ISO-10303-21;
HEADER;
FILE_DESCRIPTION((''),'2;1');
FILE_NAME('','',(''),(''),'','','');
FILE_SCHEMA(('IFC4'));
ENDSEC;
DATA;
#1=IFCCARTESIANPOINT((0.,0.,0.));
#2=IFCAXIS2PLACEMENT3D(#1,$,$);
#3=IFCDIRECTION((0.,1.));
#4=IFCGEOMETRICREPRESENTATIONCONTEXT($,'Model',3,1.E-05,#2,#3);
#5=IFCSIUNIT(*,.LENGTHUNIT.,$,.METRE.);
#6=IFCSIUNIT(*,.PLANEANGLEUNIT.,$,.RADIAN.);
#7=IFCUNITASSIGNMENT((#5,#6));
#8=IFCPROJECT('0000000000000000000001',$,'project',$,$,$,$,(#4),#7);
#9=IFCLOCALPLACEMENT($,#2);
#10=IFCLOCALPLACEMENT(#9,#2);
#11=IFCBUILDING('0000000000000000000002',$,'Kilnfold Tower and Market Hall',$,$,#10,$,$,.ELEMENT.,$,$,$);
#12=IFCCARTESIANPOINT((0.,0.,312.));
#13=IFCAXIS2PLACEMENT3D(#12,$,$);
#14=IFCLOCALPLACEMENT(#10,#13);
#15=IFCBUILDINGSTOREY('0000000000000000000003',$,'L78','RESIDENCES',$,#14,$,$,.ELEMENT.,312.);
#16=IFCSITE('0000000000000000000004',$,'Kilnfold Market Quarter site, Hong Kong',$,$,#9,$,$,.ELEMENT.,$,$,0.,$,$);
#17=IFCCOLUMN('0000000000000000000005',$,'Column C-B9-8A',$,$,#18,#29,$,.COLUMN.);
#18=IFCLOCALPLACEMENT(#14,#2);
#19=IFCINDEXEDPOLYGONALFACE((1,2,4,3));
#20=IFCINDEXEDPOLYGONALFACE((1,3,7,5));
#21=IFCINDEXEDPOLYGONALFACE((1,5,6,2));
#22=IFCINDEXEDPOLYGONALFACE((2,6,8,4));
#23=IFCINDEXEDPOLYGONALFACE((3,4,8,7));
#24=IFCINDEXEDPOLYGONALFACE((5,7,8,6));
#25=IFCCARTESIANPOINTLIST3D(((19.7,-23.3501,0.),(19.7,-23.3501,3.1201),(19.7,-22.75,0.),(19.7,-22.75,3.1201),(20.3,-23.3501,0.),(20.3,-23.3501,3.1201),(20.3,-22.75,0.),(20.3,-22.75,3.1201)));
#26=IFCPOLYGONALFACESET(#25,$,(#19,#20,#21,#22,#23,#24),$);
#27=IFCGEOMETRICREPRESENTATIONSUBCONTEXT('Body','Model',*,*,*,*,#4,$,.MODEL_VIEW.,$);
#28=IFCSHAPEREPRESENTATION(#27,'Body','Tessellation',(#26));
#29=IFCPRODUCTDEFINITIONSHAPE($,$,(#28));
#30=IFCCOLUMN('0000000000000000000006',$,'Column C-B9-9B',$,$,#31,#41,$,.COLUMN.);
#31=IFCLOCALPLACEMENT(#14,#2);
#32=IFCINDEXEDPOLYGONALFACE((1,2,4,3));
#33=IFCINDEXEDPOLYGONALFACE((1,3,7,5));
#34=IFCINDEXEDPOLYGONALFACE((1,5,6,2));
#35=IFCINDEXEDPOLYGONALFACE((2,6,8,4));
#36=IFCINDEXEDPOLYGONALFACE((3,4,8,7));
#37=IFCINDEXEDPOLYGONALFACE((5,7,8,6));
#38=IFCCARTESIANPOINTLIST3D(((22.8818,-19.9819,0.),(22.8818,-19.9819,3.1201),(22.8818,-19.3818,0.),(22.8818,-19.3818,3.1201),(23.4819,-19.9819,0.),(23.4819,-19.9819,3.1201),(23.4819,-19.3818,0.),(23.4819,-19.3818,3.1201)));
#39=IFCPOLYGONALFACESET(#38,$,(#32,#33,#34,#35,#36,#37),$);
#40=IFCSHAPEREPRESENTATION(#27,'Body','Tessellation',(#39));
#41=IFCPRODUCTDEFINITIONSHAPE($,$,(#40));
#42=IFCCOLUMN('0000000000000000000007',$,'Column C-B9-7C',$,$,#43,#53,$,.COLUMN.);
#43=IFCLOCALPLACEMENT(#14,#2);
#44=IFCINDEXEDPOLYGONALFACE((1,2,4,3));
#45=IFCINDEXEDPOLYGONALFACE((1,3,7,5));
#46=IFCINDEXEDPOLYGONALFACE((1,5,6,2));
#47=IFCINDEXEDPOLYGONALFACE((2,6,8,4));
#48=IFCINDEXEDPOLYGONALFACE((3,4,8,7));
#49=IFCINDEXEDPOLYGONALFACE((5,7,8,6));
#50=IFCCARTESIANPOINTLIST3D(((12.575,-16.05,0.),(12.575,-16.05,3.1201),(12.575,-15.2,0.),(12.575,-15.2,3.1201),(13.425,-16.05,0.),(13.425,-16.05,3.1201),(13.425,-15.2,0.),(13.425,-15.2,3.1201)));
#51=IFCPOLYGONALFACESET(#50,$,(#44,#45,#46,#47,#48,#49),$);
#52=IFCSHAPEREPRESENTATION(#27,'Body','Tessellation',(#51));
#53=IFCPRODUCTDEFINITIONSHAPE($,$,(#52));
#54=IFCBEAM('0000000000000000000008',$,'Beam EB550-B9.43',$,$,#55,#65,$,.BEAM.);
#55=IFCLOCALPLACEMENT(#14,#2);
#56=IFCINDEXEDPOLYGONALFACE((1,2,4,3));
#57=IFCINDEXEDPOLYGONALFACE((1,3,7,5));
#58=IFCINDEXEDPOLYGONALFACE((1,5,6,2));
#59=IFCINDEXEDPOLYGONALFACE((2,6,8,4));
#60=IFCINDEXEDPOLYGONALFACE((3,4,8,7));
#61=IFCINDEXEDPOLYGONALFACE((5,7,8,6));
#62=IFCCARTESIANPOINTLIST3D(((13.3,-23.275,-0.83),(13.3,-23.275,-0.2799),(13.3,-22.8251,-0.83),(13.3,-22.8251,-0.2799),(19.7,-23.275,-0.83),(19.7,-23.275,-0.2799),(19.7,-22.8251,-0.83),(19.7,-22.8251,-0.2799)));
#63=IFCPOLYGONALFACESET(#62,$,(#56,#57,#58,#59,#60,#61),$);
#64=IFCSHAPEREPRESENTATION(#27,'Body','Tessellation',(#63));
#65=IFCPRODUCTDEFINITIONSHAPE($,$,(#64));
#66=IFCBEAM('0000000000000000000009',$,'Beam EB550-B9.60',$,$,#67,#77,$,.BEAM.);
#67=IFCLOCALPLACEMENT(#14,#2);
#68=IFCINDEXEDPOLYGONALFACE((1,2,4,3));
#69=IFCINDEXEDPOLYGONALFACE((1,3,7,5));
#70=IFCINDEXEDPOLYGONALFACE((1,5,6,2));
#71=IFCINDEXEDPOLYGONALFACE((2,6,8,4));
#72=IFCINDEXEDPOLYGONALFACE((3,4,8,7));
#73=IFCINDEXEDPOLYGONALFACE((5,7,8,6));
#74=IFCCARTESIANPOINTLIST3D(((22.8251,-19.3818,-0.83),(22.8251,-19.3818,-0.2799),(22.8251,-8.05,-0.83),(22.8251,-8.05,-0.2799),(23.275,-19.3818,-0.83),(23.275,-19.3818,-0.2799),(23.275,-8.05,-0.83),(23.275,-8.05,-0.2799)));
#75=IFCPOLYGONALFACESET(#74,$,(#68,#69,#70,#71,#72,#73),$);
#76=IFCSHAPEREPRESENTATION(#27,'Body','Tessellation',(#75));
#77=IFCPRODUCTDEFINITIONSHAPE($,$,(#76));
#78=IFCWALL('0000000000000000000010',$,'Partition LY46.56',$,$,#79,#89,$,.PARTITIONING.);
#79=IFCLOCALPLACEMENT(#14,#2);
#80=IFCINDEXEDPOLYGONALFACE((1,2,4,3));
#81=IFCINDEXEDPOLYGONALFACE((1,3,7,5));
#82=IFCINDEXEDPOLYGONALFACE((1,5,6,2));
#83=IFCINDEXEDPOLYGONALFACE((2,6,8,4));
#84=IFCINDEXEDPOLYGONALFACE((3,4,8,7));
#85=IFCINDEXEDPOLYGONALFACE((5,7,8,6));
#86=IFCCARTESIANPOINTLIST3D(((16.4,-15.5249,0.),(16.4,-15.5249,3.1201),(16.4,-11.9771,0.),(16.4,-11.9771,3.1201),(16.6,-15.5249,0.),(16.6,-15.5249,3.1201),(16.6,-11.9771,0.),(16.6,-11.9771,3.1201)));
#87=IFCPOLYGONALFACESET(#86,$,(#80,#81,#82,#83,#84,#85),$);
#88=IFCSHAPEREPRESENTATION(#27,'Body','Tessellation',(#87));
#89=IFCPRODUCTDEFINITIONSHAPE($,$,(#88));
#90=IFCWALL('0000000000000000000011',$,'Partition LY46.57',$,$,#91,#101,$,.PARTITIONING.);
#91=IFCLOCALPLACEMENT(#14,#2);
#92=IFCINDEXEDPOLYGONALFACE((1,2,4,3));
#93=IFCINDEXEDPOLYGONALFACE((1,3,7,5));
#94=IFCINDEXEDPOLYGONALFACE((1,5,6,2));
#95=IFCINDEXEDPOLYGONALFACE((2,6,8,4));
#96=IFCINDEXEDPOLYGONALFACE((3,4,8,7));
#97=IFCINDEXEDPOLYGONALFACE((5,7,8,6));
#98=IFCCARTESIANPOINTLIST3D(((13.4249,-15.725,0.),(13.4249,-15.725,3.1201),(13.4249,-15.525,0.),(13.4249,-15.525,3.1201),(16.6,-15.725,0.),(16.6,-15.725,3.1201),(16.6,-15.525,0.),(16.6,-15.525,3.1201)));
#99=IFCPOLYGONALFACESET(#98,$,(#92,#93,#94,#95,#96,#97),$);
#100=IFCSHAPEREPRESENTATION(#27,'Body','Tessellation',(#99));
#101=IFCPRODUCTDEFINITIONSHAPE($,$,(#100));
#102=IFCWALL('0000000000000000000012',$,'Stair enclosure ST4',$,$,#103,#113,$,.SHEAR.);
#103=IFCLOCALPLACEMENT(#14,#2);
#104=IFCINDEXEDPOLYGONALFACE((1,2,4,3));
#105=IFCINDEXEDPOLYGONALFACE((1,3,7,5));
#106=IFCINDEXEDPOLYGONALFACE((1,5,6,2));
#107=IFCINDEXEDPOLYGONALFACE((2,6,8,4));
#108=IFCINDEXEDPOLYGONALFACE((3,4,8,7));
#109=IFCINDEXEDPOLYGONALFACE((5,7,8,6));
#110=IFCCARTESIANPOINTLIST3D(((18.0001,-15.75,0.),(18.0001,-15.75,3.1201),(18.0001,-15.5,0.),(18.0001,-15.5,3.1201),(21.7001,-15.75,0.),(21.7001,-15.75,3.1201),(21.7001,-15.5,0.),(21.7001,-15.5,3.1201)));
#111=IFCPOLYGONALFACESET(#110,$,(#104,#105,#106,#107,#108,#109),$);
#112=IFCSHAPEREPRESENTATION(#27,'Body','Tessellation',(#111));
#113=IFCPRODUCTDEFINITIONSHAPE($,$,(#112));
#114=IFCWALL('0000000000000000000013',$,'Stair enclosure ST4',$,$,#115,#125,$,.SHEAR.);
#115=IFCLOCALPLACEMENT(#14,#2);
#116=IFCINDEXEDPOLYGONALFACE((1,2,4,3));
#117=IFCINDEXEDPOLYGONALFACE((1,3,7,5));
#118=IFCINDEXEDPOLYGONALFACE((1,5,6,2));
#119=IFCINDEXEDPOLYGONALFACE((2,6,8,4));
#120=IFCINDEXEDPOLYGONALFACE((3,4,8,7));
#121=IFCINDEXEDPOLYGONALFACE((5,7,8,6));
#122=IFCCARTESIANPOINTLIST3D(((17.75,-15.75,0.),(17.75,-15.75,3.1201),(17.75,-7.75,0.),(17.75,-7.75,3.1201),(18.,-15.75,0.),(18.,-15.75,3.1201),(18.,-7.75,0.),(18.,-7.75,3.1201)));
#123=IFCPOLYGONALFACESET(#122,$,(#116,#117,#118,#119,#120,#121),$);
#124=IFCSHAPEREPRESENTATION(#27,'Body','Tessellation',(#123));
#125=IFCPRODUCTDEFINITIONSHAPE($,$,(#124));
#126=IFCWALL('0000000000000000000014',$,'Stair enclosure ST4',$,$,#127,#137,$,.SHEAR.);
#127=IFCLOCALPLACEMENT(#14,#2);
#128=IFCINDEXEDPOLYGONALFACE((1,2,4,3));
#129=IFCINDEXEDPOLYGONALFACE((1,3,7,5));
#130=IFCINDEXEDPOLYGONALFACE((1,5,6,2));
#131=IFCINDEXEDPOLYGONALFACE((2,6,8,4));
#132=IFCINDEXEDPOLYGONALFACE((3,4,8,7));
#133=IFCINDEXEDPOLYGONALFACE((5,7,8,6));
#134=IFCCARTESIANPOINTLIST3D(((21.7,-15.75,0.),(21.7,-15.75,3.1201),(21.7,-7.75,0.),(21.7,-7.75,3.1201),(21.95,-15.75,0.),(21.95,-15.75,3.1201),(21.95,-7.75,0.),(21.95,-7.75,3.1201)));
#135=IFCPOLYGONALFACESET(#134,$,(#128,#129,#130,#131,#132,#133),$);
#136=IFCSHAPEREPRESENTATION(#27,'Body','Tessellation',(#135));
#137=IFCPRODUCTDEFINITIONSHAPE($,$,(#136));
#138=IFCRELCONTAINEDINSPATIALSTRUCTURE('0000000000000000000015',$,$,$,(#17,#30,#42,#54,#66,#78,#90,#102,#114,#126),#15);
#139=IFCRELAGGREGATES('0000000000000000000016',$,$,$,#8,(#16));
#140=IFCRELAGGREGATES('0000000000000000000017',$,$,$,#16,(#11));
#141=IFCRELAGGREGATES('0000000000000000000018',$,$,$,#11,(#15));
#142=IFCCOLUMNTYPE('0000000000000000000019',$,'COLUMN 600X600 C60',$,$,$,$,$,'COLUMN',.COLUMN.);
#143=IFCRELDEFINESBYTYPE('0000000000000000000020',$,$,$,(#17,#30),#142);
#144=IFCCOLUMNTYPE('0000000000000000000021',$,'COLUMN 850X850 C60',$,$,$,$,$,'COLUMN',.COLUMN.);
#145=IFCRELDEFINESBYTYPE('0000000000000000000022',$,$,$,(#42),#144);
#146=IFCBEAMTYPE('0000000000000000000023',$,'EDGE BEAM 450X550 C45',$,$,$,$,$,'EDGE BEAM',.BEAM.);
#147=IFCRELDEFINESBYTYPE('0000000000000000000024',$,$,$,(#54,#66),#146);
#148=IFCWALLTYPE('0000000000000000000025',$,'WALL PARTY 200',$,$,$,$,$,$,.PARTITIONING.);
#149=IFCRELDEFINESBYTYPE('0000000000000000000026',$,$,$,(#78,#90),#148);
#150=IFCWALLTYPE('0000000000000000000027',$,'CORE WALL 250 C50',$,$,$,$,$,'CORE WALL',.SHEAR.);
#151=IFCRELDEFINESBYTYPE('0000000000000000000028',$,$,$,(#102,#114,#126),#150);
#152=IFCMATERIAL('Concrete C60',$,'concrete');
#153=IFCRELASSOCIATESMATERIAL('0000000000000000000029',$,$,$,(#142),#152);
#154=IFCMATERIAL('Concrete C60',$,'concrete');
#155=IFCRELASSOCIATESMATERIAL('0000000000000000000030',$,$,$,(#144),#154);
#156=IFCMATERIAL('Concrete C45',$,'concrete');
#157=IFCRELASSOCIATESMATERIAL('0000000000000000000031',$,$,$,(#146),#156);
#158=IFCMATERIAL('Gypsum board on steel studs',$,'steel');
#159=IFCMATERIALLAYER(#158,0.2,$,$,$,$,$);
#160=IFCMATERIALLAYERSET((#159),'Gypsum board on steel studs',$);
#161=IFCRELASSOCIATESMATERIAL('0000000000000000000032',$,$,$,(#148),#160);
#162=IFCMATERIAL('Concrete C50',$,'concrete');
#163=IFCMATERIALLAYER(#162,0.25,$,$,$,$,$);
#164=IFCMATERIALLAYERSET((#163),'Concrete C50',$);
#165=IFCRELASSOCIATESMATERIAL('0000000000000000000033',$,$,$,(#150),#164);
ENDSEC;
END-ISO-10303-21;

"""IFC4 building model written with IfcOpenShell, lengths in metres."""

from ifc_helpers import new_model, si_unit, direction, frame, frame_2d, origin, origin_2d, place, context, subcontext, project, spatial, rectangle, extrude, source, transform, mapped, material, layer, layer_set, material_profile, profile_set, type_object, element, save


model = new_model("IFC4")

# Units and contexts
model_context = context("Model", 3, precision=1e-05, world=origin(), true_north=direction((0.0, 1.0)))
body_context = subcontext(model_context, "Body", "Model", "MODEL_VIEW")
ifc_project = project(units=[si_unit("LENGTHUNIT", "METRE"), si_unit("PLANEANGLEUNIT", "RADIAN")], contexts=[model_context])

# Site, building, storey
site_placement = place(None, origin())
site = spatial("IfcSite", under=ifc_project, at=site_placement, Name="Kilnfold Market Quarter site, Hong Kong", CompositionType="ELEMENT", RefElevation=0.0)
building_placement = place(site_placement, origin())
building = spatial("IfcBuilding", under=site, at=building_placement, Name="Kilnfold Tower and Market Hall", CompositionType="ELEMENT")
storey_placement = place(building_placement, frame((0.0, 0.0, 312.0)))
storey = spatial("IfcBuildingStorey", under=building, at=storey_placement, Name="L78", Description="RESIDENCES", CompositionType="ELEMENT", Elevation=312.0)

# Columns
ifc_material_1 = material(Name="Concrete C60", Category="concrete")
ifc_material_profile_1 = material_profile(ifc_material_1, rectangle(XDim=0.6001, YDim=0.6001, at=origin_2d()), Name="RC 600x600")
ifc_profile_set_1 = profile_set([ifc_material_profile_1], Name="Concrete C60")
column_type_1 = type_object("IfcColumnType", Name="COLUMN 600X600 C60", ElementType="COLUMN", PredefinedType="COLUMN", material=ifc_profile_set_1)
shared_shape_1 = source(origin(), body_context, "Body", "SweptSolid", [
    extrude(rectangle(XDim=0.6001, YDim=0.6001, at=origin_2d()), origin(), (0.0, 0.0, 1.0), 3.1201),
])
for number, where, z_axis, x_axis, name in (
    (1, (20.0, -23.05, 0.0), (0.0, 0.0, 1.0), (1.0, 0.0, 0.0), "Column C-B9-8A"),
    (2, (23.1819, -19.6819, 0.0), (0.0, 0.0, 1.0), (1.0, 0.0, 0.0), "Column C-B9-9B"),
):
    element("IfcColumn", number, at=place(storey_placement, frame(where, z_axis=z_axis, x_axis=x_axis)), inside=storey, type_object=column_type_1, Name=name, PredefinedType="COLUMN", context=body_context, shape_type="MappedRepresentation", body=[
        mapped(shared_shape_1, transform((0.0, 0.0, 0.0))),
    ])
ifc_material_2 = material(Name="Concrete C60", Category="concrete")
ifc_material_profile_2 = material_profile(ifc_material_2, rectangle(XDim=0.8501, YDim=0.8501, at=origin_2d()), Name="RC 850x850")
ifc_profile_set_2 = profile_set([ifc_material_profile_2], Name="Concrete C60")
column_type_2 = type_object("IfcColumnType", Name="COLUMN 850X850 C60", ElementType="COLUMN", PredefinedType="COLUMN", material=ifc_profile_set_2)
shared_shape_2 = source(origin(), body_context, "Body", "SweptSolid", [
    extrude(rectangle(XDim=0.8501, YDim=0.8501, at=origin_2d()), origin(), (0.0, 0.0, 1.0), 3.1201),
])
column_placement = place(storey_placement, frame((13.0, -15.625, 0.0), z_axis=(0.0, 0.0, 1.0), x_axis=(1.0, 0.0, 0.0)))
element("IfcColumn", 3, at=column_placement, inside=storey, type_object=column_type_2, Name="Column C-B9-7C", PredefinedType="COLUMN", context=body_context, shape_type="MappedRepresentation", body=[
    mapped(shared_shape_2, transform((0.0, 0.0, 0.0))),
])

# Beams
ifc_material_3 = material(Name="Concrete C45", Category="concrete")
ifc_material_profile_3 = material_profile(ifc_material_3, rectangle(XDim=0.45, YDim=0.55, at=origin_2d()), Name="RC 450x550")
ifc_profile_set_3 = profile_set([ifc_material_profile_3], Name="Concrete C45")
beam_type = type_object("IfcBeamType", Name="EDGE BEAM 450X550 C45", ElementType="EDGE BEAM", PredefinedType="BEAM", material=ifc_profile_set_3)
shared_shape_3 = source(origin(), body_context, "Body", "SweptSolid", [
    extrude(rectangle(XDim=0.45, YDim=0.55, at=origin_2d()), origin(), (0.0, 0.0, 1.0), 6.3999),
])
beam_1_placement = place(storey_placement, frame((13.3, -23.05, -0.5549), z_axis=(1.0, 0.0, 0.0), x_axis=(0.0, 1.0, 0.0)))
element("IfcBeam", 4, at=beam_1_placement, inside=storey, type_object=beam_type, Name="Beam EB550-B9.43", PredefinedType="BEAM", context=body_context, shape_type="MappedRepresentation", body=[
    mapped(shared_shape_3, transform((0.0, 0.0, 0.0))),
])
shared_shape_4 = source(origin(), body_context, "Body", "SweptSolid", [
    extrude(rectangle(XDim=0.45, YDim=0.55, at=origin_2d()), origin(), (0.0, 0.0, 1.0), 11.3318),
])
beam_2_placement = place(storey_placement, frame((23.05, -19.3818, -0.5549), z_axis=(0.0, 1.0, 0.0), x_axis=(-1.0, 0.0, 0.0)))
element("IfcBeam", 5, at=beam_2_placement, inside=storey, type_object=beam_type, Name="Beam EB550-B9.60", PredefinedType="BEAM", context=body_context, shape_type="MappedRepresentation", body=[
    mapped(shared_shape_4, transform((0.0, 0.0, 0.0))),
])

# Walls
ifc_material_4 = material(Name="Gypsum board on steel studs", Category="steel")
ifc_layer_1 = layer(ifc_material_4, 0.2)
ifc_layer_set_1 = layer_set([ifc_layer_1], Name="Gypsum board on steel studs")
wall_type_1 = type_object("IfcWallType", Name="WALL PARTY 200", PredefinedType="PARTITIONING", material=ifc_layer_set_1)
wall_1_placement = place(storey_placement, frame((16.5, -15.5249, 0.0), z_axis=(0.0, 0.0, 1.0), x_axis=(0.0, 1.0, 0.0)))
element("IfcWall", 6, at=wall_1_placement, inside=storey, type_object=wall_type_1, Name="Partition LY46.56", PredefinedType="PARTITIONING", context=body_context, shape_type="SweptSolid", body=[
    extrude(rectangle(XDim=3.5479, YDim=0.2, at=frame_2d((1.7739, 0.0))), origin(), (0.0, 0.0, 1.0), 3.1201),
])
wall_2_placement = place(storey_placement, frame((13.425, -15.625, 0.0), z_axis=(0.0, 0.0, 1.0), x_axis=(1.0, 0.0, 0.0)))
element("IfcWall", 7, at=wall_2_placement, inside=storey, type_object=wall_type_1, Name="Partition LY46.57", PredefinedType="PARTITIONING", context=body_context, shape_type="SweptSolid", body=[
    extrude(rectangle(XDim=3.175, YDim=0.2, at=frame_2d((1.5874, 0.0))), origin(), (0.0, 0.0, 1.0), 3.1201),
])
ifc_material_5 = material(Name="Concrete C50", Category="concrete")
ifc_layer_2 = layer(ifc_material_5, 0.25)
ifc_layer_set_2 = layer_set([ifc_layer_2], Name="Concrete C50")
wall_type_2 = type_object("IfcWallType", Name="CORE WALL 250 C50", ElementType="CORE WALL", PredefinedType="SHEAR", material=ifc_layer_set_2)
shared_shape_5 = source(origin(), body_context, "Body", "SweptSolid", [
    extrude(rectangle(XDim=3.7, YDim=0.25, at=frame_2d((1.8501, 0.0))), origin(), (0.0, 0.0, 1.0), 3.1201),
])
wall_3_placement = place(storey_placement, frame((18.0, -15.625, 0.0), z_axis=(0.0, 0.0, 1.0), x_axis=(1.0, 0.0, 0.0)))
element("IfcWall", 8, at=wall_3_placement, inside=storey, type_object=wall_type_2, Name="Stair enclosure ST4", PredefinedType="SHEAR", context=body_context, shape_type="MappedRepresentation", body=[
    mapped(shared_shape_5, transform((0.0, 0.0, 0.0))),
])
shared_shape_6 = source(origin(), body_context, "Body", "SweptSolid", [
    extrude(rectangle(XDim=8.0, YDim=0.25, at=frame_2d((4.0, 0.0))), origin(), (0.0, 0.0, 1.0), 3.1201),
])
for number, where, z_axis, x_axis, name in (
    (9, (17.875, -15.75, 0.0), (0.0, 0.0, 1.0), (0.0, 1.0, 0.0), "Stair enclosure ST4"),
    (10, (21.825, -15.75, 0.0), (0.0, 0.0, 1.0), (0.0, 1.0, 0.0), "Stair enclosure ST4"),
):
    element("IfcWall", number, at=place(storey_placement, frame(where, z_axis=z_axis, x_axis=x_axis)), inside=storey, type_object=wall_type_2, Name=name, PredefinedType="SHEAR", context=body_context, shape_type="MappedRepresentation", body=[
        mapped(shared_shape_6, transform((0.0, 0.0, 0.0))),
    ])

save(model, "model.ifc")
